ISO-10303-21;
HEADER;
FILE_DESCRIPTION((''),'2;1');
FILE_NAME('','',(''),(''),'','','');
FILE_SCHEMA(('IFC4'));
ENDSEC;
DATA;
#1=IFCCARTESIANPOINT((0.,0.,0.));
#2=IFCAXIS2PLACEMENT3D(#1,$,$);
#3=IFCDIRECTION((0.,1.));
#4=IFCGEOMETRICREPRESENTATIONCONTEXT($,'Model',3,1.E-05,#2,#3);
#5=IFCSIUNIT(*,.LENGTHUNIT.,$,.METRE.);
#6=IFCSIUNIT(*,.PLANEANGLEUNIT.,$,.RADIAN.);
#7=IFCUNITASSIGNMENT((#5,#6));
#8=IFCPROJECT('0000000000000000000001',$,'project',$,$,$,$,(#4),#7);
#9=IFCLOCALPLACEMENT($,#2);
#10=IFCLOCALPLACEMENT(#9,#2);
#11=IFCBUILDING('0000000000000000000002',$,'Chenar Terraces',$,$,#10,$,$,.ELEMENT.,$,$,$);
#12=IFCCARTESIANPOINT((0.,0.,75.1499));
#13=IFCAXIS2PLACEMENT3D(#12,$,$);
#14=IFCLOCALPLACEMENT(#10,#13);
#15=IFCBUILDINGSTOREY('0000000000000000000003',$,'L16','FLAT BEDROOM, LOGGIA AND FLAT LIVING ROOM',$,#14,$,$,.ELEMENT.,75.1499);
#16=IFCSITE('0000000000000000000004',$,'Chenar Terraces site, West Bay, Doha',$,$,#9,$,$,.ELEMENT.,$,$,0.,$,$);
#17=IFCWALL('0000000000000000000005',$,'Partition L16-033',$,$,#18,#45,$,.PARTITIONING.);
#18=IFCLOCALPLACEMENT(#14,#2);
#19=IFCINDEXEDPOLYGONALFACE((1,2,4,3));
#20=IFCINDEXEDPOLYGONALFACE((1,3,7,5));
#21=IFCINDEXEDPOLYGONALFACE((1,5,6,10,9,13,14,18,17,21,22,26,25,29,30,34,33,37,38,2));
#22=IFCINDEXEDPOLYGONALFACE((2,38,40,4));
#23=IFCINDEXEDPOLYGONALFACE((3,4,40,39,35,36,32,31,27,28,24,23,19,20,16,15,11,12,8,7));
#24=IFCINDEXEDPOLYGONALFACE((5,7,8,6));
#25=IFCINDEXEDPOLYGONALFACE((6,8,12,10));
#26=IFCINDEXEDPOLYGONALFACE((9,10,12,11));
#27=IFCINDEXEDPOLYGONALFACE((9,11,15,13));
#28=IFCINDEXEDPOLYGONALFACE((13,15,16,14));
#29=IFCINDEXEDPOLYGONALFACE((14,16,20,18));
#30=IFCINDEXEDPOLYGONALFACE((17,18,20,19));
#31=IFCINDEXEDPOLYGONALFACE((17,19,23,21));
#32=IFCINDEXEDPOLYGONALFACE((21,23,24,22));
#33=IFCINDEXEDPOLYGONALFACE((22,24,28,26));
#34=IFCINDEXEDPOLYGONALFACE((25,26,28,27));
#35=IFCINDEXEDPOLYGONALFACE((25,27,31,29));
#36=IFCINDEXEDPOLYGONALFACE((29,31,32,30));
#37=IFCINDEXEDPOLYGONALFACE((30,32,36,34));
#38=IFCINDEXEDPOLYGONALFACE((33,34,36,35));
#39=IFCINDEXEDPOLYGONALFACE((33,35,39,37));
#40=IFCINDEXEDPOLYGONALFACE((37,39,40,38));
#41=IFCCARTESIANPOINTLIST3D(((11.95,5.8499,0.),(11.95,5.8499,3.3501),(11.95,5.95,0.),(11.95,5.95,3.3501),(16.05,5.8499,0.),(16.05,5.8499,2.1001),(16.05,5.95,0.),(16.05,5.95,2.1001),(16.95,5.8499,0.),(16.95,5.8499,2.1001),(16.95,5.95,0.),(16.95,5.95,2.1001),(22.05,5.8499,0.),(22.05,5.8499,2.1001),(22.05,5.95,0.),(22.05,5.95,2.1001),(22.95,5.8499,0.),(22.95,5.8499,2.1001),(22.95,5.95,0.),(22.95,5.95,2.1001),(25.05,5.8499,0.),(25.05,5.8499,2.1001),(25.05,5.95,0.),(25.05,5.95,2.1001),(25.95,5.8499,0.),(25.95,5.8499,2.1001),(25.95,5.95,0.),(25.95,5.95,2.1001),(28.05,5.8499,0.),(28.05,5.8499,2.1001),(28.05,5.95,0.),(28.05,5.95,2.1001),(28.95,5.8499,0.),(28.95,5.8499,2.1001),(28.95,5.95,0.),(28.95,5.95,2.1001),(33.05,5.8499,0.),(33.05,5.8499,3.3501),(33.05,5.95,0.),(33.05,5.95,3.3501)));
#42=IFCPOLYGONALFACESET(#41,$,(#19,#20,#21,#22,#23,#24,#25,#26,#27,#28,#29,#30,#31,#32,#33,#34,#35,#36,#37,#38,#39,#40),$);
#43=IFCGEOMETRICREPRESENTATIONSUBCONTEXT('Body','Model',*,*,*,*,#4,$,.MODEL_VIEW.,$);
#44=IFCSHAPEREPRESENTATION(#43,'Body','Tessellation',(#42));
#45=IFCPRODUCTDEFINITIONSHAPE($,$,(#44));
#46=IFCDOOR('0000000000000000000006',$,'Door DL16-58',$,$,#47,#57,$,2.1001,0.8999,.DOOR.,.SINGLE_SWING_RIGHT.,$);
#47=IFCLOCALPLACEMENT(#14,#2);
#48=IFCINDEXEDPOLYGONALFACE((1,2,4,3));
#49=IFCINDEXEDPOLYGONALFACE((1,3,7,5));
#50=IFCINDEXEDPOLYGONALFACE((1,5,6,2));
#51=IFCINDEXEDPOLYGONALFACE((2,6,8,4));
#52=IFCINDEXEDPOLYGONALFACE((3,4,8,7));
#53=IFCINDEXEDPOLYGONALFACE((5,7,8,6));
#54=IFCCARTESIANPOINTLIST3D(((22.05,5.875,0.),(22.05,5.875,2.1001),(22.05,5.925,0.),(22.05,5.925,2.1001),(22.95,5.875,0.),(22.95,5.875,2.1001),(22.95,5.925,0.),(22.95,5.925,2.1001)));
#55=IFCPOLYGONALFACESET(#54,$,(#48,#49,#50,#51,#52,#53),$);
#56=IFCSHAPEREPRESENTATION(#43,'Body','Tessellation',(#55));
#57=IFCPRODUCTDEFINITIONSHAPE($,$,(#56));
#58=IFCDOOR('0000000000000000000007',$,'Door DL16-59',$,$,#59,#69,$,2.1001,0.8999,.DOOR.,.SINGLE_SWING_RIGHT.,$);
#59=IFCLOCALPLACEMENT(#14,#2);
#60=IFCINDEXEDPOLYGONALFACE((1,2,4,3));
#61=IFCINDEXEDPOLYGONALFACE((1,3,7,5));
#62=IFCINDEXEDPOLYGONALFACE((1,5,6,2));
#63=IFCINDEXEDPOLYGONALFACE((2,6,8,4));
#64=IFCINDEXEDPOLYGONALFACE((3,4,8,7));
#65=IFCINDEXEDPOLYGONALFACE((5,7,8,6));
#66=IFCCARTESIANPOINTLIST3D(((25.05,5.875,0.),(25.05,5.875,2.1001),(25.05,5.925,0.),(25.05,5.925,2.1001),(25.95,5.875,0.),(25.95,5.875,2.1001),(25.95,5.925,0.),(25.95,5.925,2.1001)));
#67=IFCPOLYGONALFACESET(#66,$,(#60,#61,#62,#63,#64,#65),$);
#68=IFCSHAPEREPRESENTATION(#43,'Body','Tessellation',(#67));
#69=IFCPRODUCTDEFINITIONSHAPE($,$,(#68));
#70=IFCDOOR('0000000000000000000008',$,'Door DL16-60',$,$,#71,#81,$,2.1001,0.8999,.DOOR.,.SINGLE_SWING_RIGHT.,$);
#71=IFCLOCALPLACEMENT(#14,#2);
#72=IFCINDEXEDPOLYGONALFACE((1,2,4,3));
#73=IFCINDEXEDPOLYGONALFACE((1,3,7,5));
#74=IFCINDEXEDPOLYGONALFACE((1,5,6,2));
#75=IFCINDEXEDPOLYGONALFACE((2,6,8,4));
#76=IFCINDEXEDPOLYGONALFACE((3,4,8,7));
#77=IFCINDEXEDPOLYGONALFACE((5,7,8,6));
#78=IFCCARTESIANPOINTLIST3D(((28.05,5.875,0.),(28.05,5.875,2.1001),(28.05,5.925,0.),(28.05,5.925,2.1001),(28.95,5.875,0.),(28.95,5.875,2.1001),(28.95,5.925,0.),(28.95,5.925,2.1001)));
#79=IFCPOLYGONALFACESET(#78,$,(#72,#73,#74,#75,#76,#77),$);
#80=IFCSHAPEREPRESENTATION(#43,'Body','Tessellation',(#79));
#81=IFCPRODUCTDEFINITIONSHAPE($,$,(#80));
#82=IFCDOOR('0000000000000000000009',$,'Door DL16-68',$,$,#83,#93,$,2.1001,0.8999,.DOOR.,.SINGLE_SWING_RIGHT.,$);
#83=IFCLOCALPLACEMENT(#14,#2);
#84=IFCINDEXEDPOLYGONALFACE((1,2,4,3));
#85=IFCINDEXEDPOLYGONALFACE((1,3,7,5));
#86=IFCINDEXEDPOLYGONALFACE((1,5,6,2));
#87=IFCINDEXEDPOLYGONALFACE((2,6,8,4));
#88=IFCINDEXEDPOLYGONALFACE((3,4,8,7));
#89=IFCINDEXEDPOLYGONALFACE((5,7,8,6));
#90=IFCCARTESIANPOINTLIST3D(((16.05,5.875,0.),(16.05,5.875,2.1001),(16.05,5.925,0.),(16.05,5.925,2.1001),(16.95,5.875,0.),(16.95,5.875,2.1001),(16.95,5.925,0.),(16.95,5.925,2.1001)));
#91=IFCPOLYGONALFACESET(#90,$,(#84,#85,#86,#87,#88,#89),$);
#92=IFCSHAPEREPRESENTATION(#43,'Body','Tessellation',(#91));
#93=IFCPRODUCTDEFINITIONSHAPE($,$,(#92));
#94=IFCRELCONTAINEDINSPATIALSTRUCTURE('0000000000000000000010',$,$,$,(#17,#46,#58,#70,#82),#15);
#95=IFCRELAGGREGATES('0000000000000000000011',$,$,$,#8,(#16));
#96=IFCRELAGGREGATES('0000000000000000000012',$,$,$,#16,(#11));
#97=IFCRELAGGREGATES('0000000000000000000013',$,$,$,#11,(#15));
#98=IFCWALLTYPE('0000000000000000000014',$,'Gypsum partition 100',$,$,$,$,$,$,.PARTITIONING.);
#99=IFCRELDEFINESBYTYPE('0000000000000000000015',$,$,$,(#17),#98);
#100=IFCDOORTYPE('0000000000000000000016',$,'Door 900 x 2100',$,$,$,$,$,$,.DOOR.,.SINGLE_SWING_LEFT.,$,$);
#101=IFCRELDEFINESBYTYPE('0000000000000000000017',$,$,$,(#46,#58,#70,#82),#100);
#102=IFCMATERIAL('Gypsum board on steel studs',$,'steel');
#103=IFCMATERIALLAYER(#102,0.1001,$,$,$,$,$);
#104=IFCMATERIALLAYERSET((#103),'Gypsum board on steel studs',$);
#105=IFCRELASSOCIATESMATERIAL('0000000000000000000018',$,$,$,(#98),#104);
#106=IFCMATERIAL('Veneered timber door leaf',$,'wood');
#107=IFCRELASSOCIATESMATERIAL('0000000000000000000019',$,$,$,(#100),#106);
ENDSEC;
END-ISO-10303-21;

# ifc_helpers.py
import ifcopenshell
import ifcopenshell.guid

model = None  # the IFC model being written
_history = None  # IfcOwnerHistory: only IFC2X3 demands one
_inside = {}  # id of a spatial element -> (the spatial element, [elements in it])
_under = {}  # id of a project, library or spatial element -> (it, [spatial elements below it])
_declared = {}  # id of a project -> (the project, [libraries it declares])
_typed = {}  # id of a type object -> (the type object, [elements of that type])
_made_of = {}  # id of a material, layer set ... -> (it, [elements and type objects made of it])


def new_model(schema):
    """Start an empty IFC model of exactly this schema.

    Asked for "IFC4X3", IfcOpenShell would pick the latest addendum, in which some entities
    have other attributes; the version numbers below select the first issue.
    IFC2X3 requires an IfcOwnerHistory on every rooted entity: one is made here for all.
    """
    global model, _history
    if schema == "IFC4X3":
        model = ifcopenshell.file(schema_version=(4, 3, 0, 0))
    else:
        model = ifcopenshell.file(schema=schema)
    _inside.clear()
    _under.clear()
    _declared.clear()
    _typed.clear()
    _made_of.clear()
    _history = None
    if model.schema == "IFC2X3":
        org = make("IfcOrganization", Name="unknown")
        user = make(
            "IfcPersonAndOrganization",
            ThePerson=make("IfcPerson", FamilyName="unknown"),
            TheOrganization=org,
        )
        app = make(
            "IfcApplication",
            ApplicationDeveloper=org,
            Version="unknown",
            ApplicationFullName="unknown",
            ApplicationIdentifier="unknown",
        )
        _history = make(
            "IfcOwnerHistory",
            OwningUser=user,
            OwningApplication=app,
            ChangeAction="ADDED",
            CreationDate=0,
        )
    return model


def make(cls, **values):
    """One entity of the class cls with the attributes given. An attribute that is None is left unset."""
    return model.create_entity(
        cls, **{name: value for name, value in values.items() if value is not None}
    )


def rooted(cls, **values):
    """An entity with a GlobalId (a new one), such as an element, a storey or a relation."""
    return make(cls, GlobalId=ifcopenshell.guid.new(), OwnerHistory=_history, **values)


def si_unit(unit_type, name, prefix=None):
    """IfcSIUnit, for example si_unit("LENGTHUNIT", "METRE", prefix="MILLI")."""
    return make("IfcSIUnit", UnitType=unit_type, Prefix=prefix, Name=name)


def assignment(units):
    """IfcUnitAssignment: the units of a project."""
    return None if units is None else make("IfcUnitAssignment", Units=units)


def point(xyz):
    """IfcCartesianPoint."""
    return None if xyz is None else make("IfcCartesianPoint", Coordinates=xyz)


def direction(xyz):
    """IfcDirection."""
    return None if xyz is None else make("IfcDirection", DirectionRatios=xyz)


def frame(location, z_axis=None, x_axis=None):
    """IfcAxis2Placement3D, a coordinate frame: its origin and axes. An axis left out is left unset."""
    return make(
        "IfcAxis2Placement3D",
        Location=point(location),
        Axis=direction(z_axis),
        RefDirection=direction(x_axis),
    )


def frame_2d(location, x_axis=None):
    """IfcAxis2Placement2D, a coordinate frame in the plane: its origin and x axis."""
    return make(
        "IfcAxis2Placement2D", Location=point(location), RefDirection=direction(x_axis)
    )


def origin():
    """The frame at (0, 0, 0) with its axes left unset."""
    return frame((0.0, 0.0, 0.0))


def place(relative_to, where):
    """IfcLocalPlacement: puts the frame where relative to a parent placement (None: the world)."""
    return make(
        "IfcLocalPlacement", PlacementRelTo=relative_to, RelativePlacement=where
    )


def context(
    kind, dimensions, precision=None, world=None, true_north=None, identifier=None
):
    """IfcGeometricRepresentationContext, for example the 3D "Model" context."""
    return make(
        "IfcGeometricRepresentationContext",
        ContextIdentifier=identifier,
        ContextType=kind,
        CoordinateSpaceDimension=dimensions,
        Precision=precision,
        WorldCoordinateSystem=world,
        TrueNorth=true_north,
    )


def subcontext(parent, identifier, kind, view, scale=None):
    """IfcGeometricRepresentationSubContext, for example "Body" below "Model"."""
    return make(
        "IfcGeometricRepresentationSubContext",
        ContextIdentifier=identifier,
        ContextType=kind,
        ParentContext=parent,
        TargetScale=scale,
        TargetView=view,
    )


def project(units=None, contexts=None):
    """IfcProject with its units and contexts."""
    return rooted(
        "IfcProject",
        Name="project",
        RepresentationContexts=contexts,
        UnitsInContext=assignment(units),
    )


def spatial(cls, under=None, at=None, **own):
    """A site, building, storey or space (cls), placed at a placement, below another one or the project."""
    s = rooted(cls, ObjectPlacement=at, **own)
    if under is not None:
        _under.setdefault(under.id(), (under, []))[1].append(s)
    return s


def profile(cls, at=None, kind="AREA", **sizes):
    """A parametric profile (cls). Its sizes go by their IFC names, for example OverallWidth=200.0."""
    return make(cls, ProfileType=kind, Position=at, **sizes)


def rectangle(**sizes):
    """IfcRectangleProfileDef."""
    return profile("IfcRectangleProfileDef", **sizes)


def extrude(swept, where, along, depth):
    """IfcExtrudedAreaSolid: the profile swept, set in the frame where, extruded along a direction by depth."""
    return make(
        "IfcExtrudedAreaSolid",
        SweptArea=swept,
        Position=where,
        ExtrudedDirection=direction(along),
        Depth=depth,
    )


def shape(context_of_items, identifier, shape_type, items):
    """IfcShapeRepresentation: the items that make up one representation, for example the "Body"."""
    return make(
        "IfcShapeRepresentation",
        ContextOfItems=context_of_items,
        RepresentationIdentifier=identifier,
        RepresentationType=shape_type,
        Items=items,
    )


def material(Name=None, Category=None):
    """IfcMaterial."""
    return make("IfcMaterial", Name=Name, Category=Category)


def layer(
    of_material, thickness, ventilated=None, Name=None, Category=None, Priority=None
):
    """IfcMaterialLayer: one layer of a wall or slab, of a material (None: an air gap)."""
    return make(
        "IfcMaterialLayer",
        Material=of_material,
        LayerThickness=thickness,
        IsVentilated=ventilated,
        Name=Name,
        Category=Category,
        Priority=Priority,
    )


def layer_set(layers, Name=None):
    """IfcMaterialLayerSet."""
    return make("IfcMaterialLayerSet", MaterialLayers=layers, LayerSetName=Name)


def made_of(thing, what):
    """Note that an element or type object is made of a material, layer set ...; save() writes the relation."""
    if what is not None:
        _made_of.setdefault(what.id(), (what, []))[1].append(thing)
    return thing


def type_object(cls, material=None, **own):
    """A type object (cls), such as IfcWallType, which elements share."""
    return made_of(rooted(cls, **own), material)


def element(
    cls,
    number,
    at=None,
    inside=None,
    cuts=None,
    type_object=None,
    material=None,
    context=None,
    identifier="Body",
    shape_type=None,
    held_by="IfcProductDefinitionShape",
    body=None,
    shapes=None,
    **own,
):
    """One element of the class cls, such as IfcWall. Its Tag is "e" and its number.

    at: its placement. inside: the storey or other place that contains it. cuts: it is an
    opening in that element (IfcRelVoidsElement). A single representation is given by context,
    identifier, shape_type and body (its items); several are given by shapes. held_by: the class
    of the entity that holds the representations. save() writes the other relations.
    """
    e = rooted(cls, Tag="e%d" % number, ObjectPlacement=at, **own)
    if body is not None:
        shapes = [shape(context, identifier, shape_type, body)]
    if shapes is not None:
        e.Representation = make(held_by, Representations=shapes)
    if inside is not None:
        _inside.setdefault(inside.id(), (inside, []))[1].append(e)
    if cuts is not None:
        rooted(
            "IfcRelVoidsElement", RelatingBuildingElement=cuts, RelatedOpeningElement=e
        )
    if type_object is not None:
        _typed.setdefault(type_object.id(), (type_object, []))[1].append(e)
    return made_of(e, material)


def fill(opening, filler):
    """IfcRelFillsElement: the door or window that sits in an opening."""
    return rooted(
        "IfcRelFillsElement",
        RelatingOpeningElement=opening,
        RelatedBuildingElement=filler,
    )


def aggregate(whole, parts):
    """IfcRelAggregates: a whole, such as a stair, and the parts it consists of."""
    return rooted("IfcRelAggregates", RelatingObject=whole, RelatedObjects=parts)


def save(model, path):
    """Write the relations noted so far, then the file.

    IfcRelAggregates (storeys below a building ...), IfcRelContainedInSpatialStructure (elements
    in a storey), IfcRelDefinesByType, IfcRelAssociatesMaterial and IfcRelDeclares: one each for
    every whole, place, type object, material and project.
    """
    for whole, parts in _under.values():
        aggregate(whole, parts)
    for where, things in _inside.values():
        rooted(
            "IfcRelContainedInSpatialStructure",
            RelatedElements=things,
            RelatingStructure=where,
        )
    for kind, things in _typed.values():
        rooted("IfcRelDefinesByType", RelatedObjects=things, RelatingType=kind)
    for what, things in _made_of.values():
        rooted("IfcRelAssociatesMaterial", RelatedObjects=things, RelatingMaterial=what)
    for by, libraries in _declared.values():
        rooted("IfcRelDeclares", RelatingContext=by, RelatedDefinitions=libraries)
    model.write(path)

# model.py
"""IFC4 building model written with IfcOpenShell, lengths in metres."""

from ifc_helpers import new_model, si_unit, direction, frame, frame_2d, origin, place, context, subcontext, project, spatial, rectangle, extrude, material, layer, layer_set, type_object, element, fill, save


model = new_model("IFC4")

# Units and contexts
model_context = context("Model", 3, precision=1e-05, world=origin(), true_north=direction((0.0, 1.0)))
body_context = subcontext(model_context, "Body", "Model", "MODEL_VIEW")
ifc_project = project(units=[si_unit("LENGTHUNIT", "METRE"), si_unit("PLANEANGLEUNIT", "RADIAN")], contexts=[model_context])

# Site, building, storey
site_placement = place(None, origin())
site = spatial("IfcSite", under=ifc_project, at=site_placement, Name="Chenar Terraces site, West Bay, Doha", CompositionType="ELEMENT", RefElevation=0.0)
building_placement = place(site_placement, origin())
building = spatial("IfcBuilding", under=site, at=building_placement, Name="Chenar Terraces", CompositionType="ELEMENT")
storey_placement = place(building_placement, frame((0.0, 0.0, 75.1499)))
storey = spatial("IfcBuildingStorey", under=building, at=storey_placement, Name="L16", Description="FLAT BEDROOM, LOGGIA AND FLAT LIVING ROOM", CompositionType="ELEMENT", Elevation=75.1499)

# Wall, openings, doors
ifc_material_1 = material(Name="Gypsum board on steel studs", Category="steel")
ifc_layer_1 = layer(ifc_material_1, 0.1001)
ifc_layer_set_1 = layer_set([ifc_layer_1], Name="Gypsum board on steel studs")
wall_type_1 = type_object("IfcWallType", Name="Gypsum partition 100", PredefinedType="PARTITIONING", material=ifc_layer_set_1)
wall_1_placement = place(storey_placement, frame((11.95, 5.8999, 0.0), z_axis=(0.0, 0.0, 1.0), x_axis=(1.0, 0.0, 0.0)))
wall_1 = element("IfcWall", 1, at=wall_1_placement, inside=storey, type_object=wall_type_1, Name="Partition L16-033", PredefinedType="PARTITIONING", context=body_context, shape_type="SweptSolid", body=[
    extrude(rectangle(XDim=21.1001, YDim=0.1001, at=frame_2d((10.55, 0.0))), origin(), (0.0, 0.0, 1.0), 3.3501),
])
opening_1_placement = place(wall_1_placement, frame((10.1001, 0.0, 0.0)))
opening_1 = element("IfcOpeningElement", 2, at=opening_1_placement, cuts=wall_1, PredefinedType="OPENING", context=body_context, shape_type="SweptSolid", body=[
    extrude(rectangle(XDim=0.8999, YDim=2.1001, at=frame_2d((0.45, 1.05))), frame((0.0, 0.0601, 0.0), z_axis=(0.0, -1.0, 0.0), x_axis=(1.0, 0.0, 0.0)), (0.0, 0.0, 1.0), 0.1201),
])
opening_2_placement = place(wall_1_placement, frame((13.1001, 0.0, 0.0)))
opening_2 = element("IfcOpeningElement", 3, at=opening_2_placement, cuts=wall_1, PredefinedType="OPENING", context=body_context, shape_type="SweptSolid", body=[
    extrude(rectangle(XDim=0.8999, YDim=2.1001, at=frame_2d((0.45, 1.05))), frame((0.0, 0.0601, 0.0), z_axis=(0.0, -1.0, 0.0), x_axis=(1.0, 0.0, 0.0)), (0.0, 0.0, 1.0), 0.1201),
])
opening_3_placement = place(wall_1_placement, frame((16.1001, 0.0, 0.0)))
opening_3 = element("IfcOpeningElement", 4, at=opening_3_placement, cuts=wall_1, PredefinedType="OPENING", context=body_context, shape_type="SweptSolid", body=[
    extrude(rectangle(XDim=0.8999, YDim=2.1001, at=frame_2d((0.45, 1.05))), frame((0.0, 0.0601, 0.0), z_axis=(0.0, -1.0, 0.0), x_axis=(1.0, 0.0, 0.0)), (0.0, 0.0, 1.0), 0.1201),
])
opening_4_placement = place(wall_1_placement, frame((4.1001, 0.0, 0.0)))
opening_4 = element("IfcOpeningElement", 5, at=opening_4_placement, cuts=wall_1, PredefinedType="OPENING", context=body_context, shape_type="SweptSolid", body=[
    extrude(rectangle(XDim=0.8999, YDim=2.1001, at=frame_2d((0.45, 1.05))), frame((0.0, 0.0601, 0.0), z_axis=(0.0, -1.0, 0.0), x_axis=(1.0, 0.0, 0.0)), (0.0, 0.0, 1.0), 0.1201),
])
ifc_material_2 = material(Name="Veneered timber door leaf", Category="wood")
door_type_1 = type_object("IfcDoorType", Name="Door 900 x 2100", OperationType="SINGLE_SWING_LEFT", PredefinedType="DOOR", material=ifc_material_2)
door_1_placement = place(opening_1_placement, frame((0.8999, 0.0, 0.0), z_axis=(0.0, 0.0, 1.0), x_axis=(-1.0, 0.0, 0.0)))
door_1 = element("IfcDoor", 6, at=door_1_placement, inside=storey, type_object=door_type_1, Name="Door DL16-58", OperationType="SINGLE_SWING_RIGHT", OverallHeight=2.1001, OverallWidth=0.8999, PredefinedType="DOOR", context=body_context, shape_type="SweptSolid", body=[
    extrude(rectangle(XDim=0.8999, YDim=2.1001, at=frame_2d((0.45, 1.05))), frame((0.0, 0.0249, 0.0), z_axis=(0.0, -1.0, 0.0), x_axis=(1.0, 0.0, 0.0)), (0.0, 0.0, 1.0), 0.05),
])
fill(opening_1, door_1)
door_2_placement = place(opening_2_placement, frame((0.8999, 0.0, 0.0), z_axis=(0.0, 0.0, 1.0), x_axis=(-1.0, 0.0, 0.0)))
door_2 = element("IfcDoor", 7, at=door_2_placement, inside=storey, type_object=door_type_1, Name="Door DL16-59", OperationType="SINGLE_SWING_RIGHT", OverallHeight=2.1001, OverallWidth=0.8999, PredefinedType="DOOR", context=body_context, shape_type="SweptSolid", body=[
    extrude(rectangle(XDim=0.8999, YDim=2.1001, at=frame_2d((0.45, 1.05))), frame((0.0, 0.0249, 0.0), z_axis=(0.0, -1.0, 0.0), x_axis=(1.0, 0.0, 0.0)), (0.0, 0.0, 1.0), 0.05),
])
fill(opening_2, door_2)
door_3_placement = place(opening_3_placement, frame((0.8999, 0.0, 0.0), z_axis=(0.0, 0.0, 1.0), x_axis=(-1.0, 0.0, 0.0)))
door_3 = element("IfcDoor", 8, at=door_3_placement, inside=storey, type_object=door_type_1, Name="Door DL16-60", OperationType="SINGLE_SWING_RIGHT", OverallHeight=2.1001, OverallWidth=0.8999, PredefinedType="DOOR", context=body_context, shape_type="SweptSolid", body=[
    extrude(rectangle(XDim=0.8999, YDim=2.1001, at=frame_2d((0.45, 1.05))), frame((0.0, 0.0249, 0.0), z_axis=(0.0, -1.0, 0.0), x_axis=(1.0, 0.0, 0.0)), (0.0, 0.0, 1.0), 0.05),
])
fill(opening_3, door_3)
door_4_placement = place(opening_4_placement, frame((0.8999, 0.0, 0.0), z_axis=(0.0, 0.0, 1.0), x_axis=(-1.0, 0.0, 0.0)))
door_4 = element("IfcDoor", 9, at=door_4_placement, inside=storey, type_object=door_type_1, Name="Door DL16-68", OperationType="SINGLE_SWING_RIGHT", OverallHeight=2.1001, OverallWidth=0.8999, PredefinedType="DOOR", context=body_context, shape_type="SweptSolid", body=[
    extrude(rectangle(XDim=0.8999, YDim=2.1001, at=frame_2d((0.45, 1.05))), frame((0.0, 0.0249, 0.0), z_axis=(0.0, -1.0, 0.0), x_axis=(1.0, 0.0, 0.0)), (0.0, 0.0, 1.0), 0.05),
])
fill(opening_4, door_4)

save(model, "model.ifc")
